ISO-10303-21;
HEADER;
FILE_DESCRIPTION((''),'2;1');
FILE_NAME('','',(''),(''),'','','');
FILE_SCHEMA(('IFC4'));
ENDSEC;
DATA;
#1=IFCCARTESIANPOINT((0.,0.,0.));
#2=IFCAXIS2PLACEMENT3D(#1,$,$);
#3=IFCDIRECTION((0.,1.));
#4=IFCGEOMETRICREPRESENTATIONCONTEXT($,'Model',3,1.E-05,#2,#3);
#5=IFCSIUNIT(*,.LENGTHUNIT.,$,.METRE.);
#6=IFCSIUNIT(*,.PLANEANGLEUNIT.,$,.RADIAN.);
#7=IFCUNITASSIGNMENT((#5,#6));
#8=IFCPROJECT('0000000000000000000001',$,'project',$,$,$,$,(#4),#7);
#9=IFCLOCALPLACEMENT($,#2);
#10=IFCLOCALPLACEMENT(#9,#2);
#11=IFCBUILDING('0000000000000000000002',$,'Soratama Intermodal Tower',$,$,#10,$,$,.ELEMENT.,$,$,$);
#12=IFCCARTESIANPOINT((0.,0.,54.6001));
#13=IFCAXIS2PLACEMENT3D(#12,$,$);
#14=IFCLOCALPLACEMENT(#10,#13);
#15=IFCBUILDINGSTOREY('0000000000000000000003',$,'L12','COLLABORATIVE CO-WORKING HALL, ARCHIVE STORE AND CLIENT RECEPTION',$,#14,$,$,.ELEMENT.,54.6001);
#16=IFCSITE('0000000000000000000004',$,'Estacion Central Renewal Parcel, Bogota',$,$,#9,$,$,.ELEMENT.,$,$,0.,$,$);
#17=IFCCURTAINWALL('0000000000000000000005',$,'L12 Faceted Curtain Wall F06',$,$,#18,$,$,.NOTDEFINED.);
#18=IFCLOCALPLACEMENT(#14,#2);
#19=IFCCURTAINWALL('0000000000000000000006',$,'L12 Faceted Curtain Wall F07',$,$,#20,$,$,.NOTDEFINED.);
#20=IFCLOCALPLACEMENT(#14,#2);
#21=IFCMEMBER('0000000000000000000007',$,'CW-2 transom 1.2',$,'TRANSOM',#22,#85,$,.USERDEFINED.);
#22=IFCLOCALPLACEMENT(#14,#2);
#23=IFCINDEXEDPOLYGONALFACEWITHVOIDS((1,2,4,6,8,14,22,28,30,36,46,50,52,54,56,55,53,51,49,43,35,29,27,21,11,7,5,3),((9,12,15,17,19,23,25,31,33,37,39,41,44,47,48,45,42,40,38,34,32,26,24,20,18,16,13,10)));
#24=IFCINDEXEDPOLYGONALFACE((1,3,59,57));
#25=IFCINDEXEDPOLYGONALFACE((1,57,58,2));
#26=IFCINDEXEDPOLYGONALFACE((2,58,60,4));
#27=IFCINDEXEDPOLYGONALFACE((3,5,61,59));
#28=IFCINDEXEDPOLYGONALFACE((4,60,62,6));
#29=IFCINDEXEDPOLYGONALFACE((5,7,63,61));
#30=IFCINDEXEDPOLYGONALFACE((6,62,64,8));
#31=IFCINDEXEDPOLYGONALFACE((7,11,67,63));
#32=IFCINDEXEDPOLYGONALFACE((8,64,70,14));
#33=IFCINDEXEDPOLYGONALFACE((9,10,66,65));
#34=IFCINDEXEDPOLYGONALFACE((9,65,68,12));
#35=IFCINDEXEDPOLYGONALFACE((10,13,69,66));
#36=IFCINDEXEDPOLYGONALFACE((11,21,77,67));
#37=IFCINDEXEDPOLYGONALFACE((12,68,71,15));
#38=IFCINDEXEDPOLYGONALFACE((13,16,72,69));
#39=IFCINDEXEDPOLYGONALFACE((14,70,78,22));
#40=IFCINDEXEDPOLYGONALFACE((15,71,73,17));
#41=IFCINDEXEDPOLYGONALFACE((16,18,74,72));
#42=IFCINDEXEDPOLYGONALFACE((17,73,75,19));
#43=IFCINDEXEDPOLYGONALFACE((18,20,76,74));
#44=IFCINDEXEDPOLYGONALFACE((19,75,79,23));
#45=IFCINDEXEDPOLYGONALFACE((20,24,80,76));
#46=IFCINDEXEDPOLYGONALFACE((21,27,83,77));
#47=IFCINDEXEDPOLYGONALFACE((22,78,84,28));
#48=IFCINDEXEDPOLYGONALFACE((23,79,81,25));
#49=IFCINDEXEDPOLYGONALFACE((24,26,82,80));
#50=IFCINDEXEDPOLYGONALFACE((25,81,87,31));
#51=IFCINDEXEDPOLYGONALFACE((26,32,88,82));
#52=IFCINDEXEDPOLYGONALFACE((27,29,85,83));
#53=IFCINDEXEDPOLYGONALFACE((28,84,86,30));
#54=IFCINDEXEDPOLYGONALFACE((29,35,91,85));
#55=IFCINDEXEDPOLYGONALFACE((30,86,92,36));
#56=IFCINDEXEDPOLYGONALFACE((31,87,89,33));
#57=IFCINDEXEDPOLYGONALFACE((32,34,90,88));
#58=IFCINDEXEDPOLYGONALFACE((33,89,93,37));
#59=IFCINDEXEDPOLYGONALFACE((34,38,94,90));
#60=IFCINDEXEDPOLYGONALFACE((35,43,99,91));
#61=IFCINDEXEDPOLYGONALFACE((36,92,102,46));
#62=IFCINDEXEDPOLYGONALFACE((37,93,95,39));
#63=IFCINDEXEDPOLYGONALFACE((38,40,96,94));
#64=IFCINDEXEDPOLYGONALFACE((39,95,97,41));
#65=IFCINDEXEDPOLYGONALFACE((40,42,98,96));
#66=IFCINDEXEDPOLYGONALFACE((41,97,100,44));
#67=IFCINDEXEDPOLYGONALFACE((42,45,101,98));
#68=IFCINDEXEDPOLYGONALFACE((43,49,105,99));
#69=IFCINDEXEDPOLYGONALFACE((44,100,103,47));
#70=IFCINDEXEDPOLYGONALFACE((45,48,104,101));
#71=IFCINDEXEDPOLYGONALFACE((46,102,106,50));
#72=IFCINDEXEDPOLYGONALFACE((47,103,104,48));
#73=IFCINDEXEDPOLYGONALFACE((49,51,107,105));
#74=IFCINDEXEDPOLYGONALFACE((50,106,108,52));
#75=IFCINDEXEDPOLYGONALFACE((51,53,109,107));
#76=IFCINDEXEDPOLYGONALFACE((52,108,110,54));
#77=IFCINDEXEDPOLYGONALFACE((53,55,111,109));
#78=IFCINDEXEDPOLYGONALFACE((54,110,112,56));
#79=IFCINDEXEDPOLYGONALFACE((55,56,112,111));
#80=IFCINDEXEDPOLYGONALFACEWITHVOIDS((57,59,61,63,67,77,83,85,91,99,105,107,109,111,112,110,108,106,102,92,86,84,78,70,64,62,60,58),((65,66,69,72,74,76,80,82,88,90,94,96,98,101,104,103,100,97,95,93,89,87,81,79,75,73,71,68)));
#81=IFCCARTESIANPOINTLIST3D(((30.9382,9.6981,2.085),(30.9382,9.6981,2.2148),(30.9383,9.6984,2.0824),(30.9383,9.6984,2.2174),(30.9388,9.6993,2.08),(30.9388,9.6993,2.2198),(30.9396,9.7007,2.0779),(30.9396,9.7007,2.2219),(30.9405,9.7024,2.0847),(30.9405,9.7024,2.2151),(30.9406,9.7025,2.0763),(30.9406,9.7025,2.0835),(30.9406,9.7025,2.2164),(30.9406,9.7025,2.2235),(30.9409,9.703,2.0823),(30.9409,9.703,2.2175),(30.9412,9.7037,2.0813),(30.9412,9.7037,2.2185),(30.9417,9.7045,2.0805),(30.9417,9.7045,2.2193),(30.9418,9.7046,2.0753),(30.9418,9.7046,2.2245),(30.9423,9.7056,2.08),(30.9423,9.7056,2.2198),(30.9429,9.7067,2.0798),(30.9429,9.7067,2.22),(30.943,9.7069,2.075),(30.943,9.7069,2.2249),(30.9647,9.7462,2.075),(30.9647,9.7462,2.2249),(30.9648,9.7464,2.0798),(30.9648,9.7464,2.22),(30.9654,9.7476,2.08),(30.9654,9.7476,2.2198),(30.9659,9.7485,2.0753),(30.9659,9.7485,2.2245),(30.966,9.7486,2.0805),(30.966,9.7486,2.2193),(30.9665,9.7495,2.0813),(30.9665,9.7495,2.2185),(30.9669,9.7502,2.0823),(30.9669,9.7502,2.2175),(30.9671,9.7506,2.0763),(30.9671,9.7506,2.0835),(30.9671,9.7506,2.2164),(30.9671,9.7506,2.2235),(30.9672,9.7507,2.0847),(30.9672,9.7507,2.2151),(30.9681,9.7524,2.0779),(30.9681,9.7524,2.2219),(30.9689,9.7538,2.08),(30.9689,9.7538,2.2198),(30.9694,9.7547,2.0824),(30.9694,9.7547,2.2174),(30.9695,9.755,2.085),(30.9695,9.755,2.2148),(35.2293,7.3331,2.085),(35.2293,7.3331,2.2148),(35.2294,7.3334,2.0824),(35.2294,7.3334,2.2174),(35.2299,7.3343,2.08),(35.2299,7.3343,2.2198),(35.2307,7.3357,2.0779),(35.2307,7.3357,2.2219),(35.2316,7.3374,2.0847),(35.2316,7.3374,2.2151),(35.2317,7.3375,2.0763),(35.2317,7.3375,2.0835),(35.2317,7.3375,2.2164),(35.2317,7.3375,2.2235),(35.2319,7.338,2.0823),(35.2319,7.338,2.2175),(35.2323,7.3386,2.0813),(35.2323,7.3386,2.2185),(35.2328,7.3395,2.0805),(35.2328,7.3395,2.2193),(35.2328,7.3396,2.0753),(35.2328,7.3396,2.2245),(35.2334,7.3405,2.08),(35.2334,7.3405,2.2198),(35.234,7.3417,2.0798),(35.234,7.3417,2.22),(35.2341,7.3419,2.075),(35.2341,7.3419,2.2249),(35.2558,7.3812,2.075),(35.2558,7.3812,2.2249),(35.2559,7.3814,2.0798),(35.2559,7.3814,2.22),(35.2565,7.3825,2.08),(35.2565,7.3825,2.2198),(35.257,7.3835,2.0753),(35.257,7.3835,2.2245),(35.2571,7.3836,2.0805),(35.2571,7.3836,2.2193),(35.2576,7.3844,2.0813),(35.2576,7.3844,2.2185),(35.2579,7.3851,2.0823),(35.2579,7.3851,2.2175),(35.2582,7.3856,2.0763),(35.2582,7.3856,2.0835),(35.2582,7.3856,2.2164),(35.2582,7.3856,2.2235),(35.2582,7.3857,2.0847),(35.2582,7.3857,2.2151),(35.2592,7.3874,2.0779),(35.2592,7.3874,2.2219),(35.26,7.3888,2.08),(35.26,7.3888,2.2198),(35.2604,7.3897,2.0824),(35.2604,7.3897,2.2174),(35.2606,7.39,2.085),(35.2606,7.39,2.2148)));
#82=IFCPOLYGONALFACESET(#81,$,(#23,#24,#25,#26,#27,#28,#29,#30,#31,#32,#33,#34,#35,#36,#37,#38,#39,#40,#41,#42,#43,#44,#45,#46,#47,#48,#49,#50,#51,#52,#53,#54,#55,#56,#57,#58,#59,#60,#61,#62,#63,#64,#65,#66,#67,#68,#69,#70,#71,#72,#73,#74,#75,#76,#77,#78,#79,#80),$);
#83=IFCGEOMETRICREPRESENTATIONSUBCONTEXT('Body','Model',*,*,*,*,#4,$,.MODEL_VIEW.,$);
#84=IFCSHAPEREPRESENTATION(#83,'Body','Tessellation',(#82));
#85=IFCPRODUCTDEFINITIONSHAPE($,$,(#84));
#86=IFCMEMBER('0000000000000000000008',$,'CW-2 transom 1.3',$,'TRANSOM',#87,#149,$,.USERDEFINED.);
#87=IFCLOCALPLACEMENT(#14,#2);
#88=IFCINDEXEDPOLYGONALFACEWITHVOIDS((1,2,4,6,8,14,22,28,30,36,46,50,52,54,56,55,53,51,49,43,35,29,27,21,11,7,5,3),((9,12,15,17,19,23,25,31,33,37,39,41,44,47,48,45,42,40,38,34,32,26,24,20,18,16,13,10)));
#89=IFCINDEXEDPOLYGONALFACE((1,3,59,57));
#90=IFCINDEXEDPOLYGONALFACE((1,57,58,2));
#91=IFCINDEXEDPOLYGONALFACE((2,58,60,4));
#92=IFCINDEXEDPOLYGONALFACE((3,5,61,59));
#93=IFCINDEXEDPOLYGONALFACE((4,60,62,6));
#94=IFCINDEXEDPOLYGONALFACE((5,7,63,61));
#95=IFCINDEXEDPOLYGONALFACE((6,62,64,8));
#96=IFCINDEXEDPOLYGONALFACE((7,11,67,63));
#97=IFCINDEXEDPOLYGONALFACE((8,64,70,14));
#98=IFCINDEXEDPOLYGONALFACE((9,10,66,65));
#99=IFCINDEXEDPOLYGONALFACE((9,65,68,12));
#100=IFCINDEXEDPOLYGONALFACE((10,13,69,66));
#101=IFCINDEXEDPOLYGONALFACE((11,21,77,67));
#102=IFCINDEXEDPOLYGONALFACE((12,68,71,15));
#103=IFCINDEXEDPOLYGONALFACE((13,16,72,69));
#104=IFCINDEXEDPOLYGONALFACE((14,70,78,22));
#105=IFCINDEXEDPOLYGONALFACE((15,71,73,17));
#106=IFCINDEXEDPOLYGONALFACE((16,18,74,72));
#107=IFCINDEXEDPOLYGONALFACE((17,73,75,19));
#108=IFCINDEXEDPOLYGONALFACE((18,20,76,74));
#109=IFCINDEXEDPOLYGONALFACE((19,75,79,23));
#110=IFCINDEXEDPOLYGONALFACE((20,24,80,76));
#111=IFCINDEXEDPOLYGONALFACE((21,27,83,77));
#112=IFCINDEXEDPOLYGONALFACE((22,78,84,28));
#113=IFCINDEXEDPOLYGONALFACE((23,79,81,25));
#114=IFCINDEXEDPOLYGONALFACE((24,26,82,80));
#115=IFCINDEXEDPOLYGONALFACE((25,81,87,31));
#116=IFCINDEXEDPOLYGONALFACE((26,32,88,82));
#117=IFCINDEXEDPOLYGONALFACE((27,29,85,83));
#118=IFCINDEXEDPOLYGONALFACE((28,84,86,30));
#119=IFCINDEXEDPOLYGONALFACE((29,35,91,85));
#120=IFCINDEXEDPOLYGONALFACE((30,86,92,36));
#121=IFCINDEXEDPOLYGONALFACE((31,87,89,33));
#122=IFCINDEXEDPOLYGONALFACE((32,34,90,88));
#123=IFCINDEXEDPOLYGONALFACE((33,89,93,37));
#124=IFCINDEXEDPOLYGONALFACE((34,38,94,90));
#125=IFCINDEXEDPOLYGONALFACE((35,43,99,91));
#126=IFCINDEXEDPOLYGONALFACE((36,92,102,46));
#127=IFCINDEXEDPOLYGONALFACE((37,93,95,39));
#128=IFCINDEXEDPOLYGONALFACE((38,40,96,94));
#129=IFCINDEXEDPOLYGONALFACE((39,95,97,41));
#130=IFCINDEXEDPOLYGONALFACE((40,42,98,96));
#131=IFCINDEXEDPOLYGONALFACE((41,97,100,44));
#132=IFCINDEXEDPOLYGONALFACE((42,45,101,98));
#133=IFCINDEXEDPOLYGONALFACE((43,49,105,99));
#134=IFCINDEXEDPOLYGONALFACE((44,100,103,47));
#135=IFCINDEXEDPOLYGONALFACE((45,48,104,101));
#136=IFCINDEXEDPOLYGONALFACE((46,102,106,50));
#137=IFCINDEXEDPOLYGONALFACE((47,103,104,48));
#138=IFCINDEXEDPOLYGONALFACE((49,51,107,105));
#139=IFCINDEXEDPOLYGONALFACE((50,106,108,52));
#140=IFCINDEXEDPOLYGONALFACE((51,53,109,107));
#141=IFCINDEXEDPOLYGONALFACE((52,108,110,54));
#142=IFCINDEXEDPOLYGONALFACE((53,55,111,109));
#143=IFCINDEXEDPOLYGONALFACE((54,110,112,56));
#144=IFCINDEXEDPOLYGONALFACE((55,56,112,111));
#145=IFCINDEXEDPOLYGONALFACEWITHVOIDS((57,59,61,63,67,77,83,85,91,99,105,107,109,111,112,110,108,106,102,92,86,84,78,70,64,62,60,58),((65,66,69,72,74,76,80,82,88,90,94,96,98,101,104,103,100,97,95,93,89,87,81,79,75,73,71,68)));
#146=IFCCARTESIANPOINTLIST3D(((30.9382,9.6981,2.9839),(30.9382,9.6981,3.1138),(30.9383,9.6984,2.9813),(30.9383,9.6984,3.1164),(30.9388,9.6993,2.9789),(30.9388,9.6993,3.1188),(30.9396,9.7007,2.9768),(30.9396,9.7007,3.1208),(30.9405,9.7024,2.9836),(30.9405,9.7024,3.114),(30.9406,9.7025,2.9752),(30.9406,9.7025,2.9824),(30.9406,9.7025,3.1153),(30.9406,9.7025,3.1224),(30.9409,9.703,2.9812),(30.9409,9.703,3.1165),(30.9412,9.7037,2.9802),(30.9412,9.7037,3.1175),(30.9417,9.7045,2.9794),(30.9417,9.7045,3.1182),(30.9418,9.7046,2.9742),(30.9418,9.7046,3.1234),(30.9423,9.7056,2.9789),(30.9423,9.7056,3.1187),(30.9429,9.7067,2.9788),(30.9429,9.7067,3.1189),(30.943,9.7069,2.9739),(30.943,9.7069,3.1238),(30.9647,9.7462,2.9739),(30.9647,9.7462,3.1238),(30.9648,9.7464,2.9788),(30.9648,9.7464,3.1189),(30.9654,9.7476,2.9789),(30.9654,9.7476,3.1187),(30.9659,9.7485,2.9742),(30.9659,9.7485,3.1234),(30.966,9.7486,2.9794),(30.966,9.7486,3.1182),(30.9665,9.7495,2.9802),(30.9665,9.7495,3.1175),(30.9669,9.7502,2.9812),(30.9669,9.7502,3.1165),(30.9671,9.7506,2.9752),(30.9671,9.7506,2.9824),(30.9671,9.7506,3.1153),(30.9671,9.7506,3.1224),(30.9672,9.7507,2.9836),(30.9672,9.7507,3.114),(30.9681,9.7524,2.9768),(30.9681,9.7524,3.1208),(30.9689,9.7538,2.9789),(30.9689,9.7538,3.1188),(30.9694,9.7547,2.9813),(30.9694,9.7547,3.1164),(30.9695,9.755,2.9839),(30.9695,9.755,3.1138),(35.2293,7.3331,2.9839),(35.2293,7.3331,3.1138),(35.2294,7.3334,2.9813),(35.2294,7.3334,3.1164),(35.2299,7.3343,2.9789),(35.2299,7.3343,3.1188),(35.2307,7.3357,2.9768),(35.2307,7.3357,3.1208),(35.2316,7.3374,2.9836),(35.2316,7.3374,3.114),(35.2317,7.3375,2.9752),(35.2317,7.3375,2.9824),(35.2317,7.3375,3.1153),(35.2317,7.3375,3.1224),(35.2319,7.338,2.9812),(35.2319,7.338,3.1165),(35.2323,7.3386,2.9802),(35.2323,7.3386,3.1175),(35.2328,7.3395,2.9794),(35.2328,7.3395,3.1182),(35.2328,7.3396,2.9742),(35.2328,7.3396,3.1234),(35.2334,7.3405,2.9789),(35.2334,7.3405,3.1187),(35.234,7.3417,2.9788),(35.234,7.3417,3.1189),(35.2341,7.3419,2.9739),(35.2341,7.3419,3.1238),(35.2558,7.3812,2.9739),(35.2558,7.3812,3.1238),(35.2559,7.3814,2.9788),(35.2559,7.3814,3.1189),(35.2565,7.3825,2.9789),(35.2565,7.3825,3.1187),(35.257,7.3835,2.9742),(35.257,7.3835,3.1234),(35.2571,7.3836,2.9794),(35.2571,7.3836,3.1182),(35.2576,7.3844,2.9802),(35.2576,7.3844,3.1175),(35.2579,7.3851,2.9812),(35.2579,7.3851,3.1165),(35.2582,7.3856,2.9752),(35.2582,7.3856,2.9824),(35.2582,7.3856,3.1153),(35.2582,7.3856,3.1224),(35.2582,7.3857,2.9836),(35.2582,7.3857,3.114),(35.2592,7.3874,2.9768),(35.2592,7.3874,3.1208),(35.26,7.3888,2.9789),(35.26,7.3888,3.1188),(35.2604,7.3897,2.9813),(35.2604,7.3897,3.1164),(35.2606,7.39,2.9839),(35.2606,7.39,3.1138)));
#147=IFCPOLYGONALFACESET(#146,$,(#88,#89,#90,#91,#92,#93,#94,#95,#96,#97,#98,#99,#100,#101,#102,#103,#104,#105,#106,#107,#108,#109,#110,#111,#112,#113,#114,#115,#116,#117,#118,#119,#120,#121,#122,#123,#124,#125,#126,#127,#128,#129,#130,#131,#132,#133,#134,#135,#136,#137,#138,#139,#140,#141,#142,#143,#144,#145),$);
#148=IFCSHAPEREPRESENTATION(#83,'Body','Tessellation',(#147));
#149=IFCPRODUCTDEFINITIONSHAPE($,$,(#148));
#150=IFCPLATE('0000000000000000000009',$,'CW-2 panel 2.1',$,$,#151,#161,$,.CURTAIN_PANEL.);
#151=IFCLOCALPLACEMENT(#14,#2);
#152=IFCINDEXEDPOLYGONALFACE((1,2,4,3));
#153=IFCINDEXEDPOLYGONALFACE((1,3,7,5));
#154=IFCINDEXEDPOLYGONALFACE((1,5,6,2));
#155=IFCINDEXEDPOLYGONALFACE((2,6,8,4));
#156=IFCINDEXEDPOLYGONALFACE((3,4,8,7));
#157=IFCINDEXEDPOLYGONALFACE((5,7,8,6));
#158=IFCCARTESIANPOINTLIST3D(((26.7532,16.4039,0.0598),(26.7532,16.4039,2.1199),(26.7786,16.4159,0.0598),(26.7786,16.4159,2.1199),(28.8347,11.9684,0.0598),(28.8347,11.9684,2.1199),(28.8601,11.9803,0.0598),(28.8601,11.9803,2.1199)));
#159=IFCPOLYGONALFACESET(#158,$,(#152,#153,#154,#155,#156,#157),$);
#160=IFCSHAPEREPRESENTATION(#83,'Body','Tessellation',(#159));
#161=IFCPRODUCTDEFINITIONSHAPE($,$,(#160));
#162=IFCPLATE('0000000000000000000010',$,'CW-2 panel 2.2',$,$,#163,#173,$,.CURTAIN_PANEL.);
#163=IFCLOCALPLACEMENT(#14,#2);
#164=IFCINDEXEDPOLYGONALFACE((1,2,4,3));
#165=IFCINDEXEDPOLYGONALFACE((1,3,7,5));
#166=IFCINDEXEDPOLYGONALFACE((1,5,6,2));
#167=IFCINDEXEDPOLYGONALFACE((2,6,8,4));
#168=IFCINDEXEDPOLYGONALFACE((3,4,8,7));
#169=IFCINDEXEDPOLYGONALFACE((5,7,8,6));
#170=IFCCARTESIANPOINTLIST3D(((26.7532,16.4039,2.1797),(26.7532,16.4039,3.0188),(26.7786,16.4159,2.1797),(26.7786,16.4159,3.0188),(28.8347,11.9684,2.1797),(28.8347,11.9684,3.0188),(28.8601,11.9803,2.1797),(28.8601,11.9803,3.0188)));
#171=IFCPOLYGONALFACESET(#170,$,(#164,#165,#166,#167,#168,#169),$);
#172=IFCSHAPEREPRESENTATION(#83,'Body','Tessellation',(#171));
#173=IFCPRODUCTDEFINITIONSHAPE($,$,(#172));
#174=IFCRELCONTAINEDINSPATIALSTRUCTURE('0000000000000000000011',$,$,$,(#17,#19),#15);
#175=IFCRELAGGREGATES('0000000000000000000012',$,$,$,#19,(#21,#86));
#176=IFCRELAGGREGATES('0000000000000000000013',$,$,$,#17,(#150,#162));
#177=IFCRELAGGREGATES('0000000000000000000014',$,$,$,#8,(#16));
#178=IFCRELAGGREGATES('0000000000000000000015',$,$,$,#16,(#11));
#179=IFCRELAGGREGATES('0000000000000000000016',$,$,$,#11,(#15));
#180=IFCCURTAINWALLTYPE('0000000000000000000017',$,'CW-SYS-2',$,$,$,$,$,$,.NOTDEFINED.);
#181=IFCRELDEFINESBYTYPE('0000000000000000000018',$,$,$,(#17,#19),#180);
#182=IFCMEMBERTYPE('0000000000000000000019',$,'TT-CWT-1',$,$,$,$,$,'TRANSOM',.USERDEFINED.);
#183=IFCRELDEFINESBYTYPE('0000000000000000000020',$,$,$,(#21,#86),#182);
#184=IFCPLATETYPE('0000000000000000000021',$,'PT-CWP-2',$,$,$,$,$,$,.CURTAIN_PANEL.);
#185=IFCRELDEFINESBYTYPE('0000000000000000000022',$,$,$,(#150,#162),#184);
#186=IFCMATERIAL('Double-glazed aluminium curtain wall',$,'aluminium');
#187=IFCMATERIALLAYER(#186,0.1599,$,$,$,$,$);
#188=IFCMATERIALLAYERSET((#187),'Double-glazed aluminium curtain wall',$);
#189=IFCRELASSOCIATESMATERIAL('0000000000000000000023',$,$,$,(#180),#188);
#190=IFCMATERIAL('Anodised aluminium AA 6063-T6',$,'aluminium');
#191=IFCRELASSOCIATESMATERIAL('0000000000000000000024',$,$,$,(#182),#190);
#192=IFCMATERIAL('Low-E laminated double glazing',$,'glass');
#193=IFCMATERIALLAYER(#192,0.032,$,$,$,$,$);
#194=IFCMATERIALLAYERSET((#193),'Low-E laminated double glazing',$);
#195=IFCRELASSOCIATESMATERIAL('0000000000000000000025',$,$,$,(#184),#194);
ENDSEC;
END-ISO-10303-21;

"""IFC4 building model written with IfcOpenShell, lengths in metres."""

from ifc_helpers import new_model, si_unit, direction, frame, origin, origin_2d, place, context, subcontext, project, spatial, rectangle, hollow_rectangle, extrude, material, layer, layer_set, material_profile, profile_set, type_object, element, aggregate, save


model = new_model("IFC4")

# Units and contexts
model_context = context("Model", 3, precision=1e-05, world=origin(), true_north=direction((0.0, 1.0)))
body_context = subcontext(model_context, "Body", "Model", "MODEL_VIEW")
ifc_project = project(units=[si_unit("LENGTHUNIT", "METRE"), si_unit("PLANEANGLEUNIT", "RADIAN")], contexts=[model_context])

# Site, building, storey
site_placement = place(None, origin())
site = spatial("IfcSite", under=ifc_project, at=site_placement, Name="Estacion Central Renewal Parcel, Bogota", CompositionType="ELEMENT", RefElevation=0.0)
building_placement = place(site_placement, origin())
building = spatial("IfcBuilding", under=site, at=building_placement, Name="Soratama Intermodal Tower", CompositionType="ELEMENT")
storey_placement = place(building_placement, frame((0.0, 0.0, 54.6001)))
storey = spatial("IfcBuildingStorey", under=building, at=storey_placement, Name="L12", Description="COLLABORATIVE CO-WORKING HALL, ARCHIVE STORE AND CLIENT RECEPTION", CompositionType="ELEMENT", Elevation=54.6001)

# Curtain walls
ifc_material_1 = material(Name="Double-glazed aluminium curtain wall", Category="aluminium")
ifc_layer_1 = layer(ifc_material_1, 0.1599)
ifc_layer_set_1 = layer_set([ifc_layer_1], Name="Double-glazed aluminium curtain wall")
curtain_wall_type = type_object("IfcCurtainWallType", Name="CW-SYS-2", PredefinedType="NOTDEFINED", material=ifc_layer_set_1)
curtain_wall_1_placement = place(storey_placement, origin())
curtain_wall_1 = element("IfcCurtainWall", 1, at=curtain_wall_1_placement, inside=storey, type_object=curtain_wall_type, Name="L12 Faceted Curtain Wall F06", PredefinedType="NOTDEFINED")
curtain_wall_2_placement = place(storey_placement, origin())
curtain_wall_2 = element("IfcCurtainWall", 2, at=curtain_wall_2_placement, inside=storey, type_object=curtain_wall_type, Name="L12 Faceted Curtain Wall F07", PredefinedType="NOTDEFINED")

# Members
ifc_material_2 = material(Name="Anodised aluminium AA 6063-T6", Category="aluminium")
ifc_material_profile_1 = material_profile(ifc_material_2, hollow_rectangle(XDim=0.0649, YDim=0.1499, WallThickness=0.0049, InnerFilletRadius=0.0049, OuterFilletRadius=0.01, at=origin_2d()), Name="CWT150X65X5")
ifc_profile_set_1 = profile_set([ifc_material_profile_1], Name="Anodised aluminium AA 6063-T6")
member_type_1 = type_object("IfcMemberType", Name="TT-CWT-1", ElementType="TRANSOM", PredefinedType="USERDEFINED", material=ifc_profile_set_1)
member_1_placement = place(storey_placement, frame((30.9539, 9.7266, 2.1499), z_axis=(0.875791, -0.482691, 0.0), x_axis=(0.482691, 0.875791, 0.0)))
member_1 = element("IfcMember", 3, at=member_1_placement, type_object=member_type_1, Name="CW-2 transom 1.2", ObjectType="TRANSOM", PredefinedType="USERDEFINED", context=body_context, shape_type="SweptSolid", body=[
    extrude(hollow_rectangle(XDim=0.0649, YDim=0.1499, WallThickness=0.0049, InnerFilletRadius=0.0049, OuterFilletRadius=0.01, at=origin_2d()), origin(), (0.0, 0.0, 1.0), 4.8997),
])
member_2_placement = place(storey_placement, frame((30.9539, 9.7266, 3.0488), z_axis=(0.875791, -0.482691, 0.0), x_axis=(0.482691, 0.875791, 0.0)))
member_2 = element("IfcMember", 4, at=member_2_placement, type_object=member_type_1, Name="CW-2 transom 1.3", ObjectType="TRANSOM", PredefinedType="USERDEFINED", context=body_context, shape_type="SweptSolid", body=[
    extrude(hollow_rectangle(XDim=0.0649, YDim=0.1499, WallThickness=0.0049, InnerFilletRadius=0.0049, OuterFilletRadius=0.01, at=origin_2d()), origin(), (0.0, 0.0, 1.0), 4.8997),
])
aggregate(curtain_wall_2, [member_1, member_2])

# Plates
ifc_material_3 = material(Name="Low-E laminated double glazing", Category="glass")
ifc_layer_2 = layer(ifc_material_3, 0.032)
ifc_layer_set_2 = layer_set([ifc_layer_2], Name="Low-E laminated double glazing")
plate_type = type_object("IfcPlateType", Name="PT-CWP-2", PredefinedType="CURTAIN_PANEL", material=ifc_layer_set_2)
plate_1_placement = place(storey_placement, frame((27.8066, 14.1921, 0.0598), z_axis=(0.0, 0.0, 1.0), x_axis=(0.424829, -0.905274, 0.0)))
plate_1 = element("IfcPlate", 5, at=plate_1_placement, type_object=plate_type, Name="CW-2 panel 2.1", PredefinedType="CURTAIN_PANEL", context=body_context, shape_type="SweptSolid", body=[
    extrude(rectangle(XDim=4.8997, YDim=0.0281, at=origin_2d()), origin(), (0.0, 0.0, 1.0), 2.0601),
])
plate_2_placement = place(storey_placement, frame((27.8066, 14.1921, 2.1797), z_axis=(0.0, 0.0, 1.0), x_axis=(0.424829, -0.905274, 0.0)))
plate_2 = element("IfcPlate", 6, at=plate_2_placement, type_object=plate_type, Name="CW-2 panel 2.2", PredefinedType="CURTAIN_PANEL", context=body_context, shape_type="SweptSolid", body=[
    extrude(rectangle(XDim=4.8997, YDim=0.0281, at=origin_2d()), origin(), (0.0, 0.0, 1.0), 0.8391),
])
aggregate(curtain_wall_1, [plate_1, plate_2])

save(model, "model.ifc")
